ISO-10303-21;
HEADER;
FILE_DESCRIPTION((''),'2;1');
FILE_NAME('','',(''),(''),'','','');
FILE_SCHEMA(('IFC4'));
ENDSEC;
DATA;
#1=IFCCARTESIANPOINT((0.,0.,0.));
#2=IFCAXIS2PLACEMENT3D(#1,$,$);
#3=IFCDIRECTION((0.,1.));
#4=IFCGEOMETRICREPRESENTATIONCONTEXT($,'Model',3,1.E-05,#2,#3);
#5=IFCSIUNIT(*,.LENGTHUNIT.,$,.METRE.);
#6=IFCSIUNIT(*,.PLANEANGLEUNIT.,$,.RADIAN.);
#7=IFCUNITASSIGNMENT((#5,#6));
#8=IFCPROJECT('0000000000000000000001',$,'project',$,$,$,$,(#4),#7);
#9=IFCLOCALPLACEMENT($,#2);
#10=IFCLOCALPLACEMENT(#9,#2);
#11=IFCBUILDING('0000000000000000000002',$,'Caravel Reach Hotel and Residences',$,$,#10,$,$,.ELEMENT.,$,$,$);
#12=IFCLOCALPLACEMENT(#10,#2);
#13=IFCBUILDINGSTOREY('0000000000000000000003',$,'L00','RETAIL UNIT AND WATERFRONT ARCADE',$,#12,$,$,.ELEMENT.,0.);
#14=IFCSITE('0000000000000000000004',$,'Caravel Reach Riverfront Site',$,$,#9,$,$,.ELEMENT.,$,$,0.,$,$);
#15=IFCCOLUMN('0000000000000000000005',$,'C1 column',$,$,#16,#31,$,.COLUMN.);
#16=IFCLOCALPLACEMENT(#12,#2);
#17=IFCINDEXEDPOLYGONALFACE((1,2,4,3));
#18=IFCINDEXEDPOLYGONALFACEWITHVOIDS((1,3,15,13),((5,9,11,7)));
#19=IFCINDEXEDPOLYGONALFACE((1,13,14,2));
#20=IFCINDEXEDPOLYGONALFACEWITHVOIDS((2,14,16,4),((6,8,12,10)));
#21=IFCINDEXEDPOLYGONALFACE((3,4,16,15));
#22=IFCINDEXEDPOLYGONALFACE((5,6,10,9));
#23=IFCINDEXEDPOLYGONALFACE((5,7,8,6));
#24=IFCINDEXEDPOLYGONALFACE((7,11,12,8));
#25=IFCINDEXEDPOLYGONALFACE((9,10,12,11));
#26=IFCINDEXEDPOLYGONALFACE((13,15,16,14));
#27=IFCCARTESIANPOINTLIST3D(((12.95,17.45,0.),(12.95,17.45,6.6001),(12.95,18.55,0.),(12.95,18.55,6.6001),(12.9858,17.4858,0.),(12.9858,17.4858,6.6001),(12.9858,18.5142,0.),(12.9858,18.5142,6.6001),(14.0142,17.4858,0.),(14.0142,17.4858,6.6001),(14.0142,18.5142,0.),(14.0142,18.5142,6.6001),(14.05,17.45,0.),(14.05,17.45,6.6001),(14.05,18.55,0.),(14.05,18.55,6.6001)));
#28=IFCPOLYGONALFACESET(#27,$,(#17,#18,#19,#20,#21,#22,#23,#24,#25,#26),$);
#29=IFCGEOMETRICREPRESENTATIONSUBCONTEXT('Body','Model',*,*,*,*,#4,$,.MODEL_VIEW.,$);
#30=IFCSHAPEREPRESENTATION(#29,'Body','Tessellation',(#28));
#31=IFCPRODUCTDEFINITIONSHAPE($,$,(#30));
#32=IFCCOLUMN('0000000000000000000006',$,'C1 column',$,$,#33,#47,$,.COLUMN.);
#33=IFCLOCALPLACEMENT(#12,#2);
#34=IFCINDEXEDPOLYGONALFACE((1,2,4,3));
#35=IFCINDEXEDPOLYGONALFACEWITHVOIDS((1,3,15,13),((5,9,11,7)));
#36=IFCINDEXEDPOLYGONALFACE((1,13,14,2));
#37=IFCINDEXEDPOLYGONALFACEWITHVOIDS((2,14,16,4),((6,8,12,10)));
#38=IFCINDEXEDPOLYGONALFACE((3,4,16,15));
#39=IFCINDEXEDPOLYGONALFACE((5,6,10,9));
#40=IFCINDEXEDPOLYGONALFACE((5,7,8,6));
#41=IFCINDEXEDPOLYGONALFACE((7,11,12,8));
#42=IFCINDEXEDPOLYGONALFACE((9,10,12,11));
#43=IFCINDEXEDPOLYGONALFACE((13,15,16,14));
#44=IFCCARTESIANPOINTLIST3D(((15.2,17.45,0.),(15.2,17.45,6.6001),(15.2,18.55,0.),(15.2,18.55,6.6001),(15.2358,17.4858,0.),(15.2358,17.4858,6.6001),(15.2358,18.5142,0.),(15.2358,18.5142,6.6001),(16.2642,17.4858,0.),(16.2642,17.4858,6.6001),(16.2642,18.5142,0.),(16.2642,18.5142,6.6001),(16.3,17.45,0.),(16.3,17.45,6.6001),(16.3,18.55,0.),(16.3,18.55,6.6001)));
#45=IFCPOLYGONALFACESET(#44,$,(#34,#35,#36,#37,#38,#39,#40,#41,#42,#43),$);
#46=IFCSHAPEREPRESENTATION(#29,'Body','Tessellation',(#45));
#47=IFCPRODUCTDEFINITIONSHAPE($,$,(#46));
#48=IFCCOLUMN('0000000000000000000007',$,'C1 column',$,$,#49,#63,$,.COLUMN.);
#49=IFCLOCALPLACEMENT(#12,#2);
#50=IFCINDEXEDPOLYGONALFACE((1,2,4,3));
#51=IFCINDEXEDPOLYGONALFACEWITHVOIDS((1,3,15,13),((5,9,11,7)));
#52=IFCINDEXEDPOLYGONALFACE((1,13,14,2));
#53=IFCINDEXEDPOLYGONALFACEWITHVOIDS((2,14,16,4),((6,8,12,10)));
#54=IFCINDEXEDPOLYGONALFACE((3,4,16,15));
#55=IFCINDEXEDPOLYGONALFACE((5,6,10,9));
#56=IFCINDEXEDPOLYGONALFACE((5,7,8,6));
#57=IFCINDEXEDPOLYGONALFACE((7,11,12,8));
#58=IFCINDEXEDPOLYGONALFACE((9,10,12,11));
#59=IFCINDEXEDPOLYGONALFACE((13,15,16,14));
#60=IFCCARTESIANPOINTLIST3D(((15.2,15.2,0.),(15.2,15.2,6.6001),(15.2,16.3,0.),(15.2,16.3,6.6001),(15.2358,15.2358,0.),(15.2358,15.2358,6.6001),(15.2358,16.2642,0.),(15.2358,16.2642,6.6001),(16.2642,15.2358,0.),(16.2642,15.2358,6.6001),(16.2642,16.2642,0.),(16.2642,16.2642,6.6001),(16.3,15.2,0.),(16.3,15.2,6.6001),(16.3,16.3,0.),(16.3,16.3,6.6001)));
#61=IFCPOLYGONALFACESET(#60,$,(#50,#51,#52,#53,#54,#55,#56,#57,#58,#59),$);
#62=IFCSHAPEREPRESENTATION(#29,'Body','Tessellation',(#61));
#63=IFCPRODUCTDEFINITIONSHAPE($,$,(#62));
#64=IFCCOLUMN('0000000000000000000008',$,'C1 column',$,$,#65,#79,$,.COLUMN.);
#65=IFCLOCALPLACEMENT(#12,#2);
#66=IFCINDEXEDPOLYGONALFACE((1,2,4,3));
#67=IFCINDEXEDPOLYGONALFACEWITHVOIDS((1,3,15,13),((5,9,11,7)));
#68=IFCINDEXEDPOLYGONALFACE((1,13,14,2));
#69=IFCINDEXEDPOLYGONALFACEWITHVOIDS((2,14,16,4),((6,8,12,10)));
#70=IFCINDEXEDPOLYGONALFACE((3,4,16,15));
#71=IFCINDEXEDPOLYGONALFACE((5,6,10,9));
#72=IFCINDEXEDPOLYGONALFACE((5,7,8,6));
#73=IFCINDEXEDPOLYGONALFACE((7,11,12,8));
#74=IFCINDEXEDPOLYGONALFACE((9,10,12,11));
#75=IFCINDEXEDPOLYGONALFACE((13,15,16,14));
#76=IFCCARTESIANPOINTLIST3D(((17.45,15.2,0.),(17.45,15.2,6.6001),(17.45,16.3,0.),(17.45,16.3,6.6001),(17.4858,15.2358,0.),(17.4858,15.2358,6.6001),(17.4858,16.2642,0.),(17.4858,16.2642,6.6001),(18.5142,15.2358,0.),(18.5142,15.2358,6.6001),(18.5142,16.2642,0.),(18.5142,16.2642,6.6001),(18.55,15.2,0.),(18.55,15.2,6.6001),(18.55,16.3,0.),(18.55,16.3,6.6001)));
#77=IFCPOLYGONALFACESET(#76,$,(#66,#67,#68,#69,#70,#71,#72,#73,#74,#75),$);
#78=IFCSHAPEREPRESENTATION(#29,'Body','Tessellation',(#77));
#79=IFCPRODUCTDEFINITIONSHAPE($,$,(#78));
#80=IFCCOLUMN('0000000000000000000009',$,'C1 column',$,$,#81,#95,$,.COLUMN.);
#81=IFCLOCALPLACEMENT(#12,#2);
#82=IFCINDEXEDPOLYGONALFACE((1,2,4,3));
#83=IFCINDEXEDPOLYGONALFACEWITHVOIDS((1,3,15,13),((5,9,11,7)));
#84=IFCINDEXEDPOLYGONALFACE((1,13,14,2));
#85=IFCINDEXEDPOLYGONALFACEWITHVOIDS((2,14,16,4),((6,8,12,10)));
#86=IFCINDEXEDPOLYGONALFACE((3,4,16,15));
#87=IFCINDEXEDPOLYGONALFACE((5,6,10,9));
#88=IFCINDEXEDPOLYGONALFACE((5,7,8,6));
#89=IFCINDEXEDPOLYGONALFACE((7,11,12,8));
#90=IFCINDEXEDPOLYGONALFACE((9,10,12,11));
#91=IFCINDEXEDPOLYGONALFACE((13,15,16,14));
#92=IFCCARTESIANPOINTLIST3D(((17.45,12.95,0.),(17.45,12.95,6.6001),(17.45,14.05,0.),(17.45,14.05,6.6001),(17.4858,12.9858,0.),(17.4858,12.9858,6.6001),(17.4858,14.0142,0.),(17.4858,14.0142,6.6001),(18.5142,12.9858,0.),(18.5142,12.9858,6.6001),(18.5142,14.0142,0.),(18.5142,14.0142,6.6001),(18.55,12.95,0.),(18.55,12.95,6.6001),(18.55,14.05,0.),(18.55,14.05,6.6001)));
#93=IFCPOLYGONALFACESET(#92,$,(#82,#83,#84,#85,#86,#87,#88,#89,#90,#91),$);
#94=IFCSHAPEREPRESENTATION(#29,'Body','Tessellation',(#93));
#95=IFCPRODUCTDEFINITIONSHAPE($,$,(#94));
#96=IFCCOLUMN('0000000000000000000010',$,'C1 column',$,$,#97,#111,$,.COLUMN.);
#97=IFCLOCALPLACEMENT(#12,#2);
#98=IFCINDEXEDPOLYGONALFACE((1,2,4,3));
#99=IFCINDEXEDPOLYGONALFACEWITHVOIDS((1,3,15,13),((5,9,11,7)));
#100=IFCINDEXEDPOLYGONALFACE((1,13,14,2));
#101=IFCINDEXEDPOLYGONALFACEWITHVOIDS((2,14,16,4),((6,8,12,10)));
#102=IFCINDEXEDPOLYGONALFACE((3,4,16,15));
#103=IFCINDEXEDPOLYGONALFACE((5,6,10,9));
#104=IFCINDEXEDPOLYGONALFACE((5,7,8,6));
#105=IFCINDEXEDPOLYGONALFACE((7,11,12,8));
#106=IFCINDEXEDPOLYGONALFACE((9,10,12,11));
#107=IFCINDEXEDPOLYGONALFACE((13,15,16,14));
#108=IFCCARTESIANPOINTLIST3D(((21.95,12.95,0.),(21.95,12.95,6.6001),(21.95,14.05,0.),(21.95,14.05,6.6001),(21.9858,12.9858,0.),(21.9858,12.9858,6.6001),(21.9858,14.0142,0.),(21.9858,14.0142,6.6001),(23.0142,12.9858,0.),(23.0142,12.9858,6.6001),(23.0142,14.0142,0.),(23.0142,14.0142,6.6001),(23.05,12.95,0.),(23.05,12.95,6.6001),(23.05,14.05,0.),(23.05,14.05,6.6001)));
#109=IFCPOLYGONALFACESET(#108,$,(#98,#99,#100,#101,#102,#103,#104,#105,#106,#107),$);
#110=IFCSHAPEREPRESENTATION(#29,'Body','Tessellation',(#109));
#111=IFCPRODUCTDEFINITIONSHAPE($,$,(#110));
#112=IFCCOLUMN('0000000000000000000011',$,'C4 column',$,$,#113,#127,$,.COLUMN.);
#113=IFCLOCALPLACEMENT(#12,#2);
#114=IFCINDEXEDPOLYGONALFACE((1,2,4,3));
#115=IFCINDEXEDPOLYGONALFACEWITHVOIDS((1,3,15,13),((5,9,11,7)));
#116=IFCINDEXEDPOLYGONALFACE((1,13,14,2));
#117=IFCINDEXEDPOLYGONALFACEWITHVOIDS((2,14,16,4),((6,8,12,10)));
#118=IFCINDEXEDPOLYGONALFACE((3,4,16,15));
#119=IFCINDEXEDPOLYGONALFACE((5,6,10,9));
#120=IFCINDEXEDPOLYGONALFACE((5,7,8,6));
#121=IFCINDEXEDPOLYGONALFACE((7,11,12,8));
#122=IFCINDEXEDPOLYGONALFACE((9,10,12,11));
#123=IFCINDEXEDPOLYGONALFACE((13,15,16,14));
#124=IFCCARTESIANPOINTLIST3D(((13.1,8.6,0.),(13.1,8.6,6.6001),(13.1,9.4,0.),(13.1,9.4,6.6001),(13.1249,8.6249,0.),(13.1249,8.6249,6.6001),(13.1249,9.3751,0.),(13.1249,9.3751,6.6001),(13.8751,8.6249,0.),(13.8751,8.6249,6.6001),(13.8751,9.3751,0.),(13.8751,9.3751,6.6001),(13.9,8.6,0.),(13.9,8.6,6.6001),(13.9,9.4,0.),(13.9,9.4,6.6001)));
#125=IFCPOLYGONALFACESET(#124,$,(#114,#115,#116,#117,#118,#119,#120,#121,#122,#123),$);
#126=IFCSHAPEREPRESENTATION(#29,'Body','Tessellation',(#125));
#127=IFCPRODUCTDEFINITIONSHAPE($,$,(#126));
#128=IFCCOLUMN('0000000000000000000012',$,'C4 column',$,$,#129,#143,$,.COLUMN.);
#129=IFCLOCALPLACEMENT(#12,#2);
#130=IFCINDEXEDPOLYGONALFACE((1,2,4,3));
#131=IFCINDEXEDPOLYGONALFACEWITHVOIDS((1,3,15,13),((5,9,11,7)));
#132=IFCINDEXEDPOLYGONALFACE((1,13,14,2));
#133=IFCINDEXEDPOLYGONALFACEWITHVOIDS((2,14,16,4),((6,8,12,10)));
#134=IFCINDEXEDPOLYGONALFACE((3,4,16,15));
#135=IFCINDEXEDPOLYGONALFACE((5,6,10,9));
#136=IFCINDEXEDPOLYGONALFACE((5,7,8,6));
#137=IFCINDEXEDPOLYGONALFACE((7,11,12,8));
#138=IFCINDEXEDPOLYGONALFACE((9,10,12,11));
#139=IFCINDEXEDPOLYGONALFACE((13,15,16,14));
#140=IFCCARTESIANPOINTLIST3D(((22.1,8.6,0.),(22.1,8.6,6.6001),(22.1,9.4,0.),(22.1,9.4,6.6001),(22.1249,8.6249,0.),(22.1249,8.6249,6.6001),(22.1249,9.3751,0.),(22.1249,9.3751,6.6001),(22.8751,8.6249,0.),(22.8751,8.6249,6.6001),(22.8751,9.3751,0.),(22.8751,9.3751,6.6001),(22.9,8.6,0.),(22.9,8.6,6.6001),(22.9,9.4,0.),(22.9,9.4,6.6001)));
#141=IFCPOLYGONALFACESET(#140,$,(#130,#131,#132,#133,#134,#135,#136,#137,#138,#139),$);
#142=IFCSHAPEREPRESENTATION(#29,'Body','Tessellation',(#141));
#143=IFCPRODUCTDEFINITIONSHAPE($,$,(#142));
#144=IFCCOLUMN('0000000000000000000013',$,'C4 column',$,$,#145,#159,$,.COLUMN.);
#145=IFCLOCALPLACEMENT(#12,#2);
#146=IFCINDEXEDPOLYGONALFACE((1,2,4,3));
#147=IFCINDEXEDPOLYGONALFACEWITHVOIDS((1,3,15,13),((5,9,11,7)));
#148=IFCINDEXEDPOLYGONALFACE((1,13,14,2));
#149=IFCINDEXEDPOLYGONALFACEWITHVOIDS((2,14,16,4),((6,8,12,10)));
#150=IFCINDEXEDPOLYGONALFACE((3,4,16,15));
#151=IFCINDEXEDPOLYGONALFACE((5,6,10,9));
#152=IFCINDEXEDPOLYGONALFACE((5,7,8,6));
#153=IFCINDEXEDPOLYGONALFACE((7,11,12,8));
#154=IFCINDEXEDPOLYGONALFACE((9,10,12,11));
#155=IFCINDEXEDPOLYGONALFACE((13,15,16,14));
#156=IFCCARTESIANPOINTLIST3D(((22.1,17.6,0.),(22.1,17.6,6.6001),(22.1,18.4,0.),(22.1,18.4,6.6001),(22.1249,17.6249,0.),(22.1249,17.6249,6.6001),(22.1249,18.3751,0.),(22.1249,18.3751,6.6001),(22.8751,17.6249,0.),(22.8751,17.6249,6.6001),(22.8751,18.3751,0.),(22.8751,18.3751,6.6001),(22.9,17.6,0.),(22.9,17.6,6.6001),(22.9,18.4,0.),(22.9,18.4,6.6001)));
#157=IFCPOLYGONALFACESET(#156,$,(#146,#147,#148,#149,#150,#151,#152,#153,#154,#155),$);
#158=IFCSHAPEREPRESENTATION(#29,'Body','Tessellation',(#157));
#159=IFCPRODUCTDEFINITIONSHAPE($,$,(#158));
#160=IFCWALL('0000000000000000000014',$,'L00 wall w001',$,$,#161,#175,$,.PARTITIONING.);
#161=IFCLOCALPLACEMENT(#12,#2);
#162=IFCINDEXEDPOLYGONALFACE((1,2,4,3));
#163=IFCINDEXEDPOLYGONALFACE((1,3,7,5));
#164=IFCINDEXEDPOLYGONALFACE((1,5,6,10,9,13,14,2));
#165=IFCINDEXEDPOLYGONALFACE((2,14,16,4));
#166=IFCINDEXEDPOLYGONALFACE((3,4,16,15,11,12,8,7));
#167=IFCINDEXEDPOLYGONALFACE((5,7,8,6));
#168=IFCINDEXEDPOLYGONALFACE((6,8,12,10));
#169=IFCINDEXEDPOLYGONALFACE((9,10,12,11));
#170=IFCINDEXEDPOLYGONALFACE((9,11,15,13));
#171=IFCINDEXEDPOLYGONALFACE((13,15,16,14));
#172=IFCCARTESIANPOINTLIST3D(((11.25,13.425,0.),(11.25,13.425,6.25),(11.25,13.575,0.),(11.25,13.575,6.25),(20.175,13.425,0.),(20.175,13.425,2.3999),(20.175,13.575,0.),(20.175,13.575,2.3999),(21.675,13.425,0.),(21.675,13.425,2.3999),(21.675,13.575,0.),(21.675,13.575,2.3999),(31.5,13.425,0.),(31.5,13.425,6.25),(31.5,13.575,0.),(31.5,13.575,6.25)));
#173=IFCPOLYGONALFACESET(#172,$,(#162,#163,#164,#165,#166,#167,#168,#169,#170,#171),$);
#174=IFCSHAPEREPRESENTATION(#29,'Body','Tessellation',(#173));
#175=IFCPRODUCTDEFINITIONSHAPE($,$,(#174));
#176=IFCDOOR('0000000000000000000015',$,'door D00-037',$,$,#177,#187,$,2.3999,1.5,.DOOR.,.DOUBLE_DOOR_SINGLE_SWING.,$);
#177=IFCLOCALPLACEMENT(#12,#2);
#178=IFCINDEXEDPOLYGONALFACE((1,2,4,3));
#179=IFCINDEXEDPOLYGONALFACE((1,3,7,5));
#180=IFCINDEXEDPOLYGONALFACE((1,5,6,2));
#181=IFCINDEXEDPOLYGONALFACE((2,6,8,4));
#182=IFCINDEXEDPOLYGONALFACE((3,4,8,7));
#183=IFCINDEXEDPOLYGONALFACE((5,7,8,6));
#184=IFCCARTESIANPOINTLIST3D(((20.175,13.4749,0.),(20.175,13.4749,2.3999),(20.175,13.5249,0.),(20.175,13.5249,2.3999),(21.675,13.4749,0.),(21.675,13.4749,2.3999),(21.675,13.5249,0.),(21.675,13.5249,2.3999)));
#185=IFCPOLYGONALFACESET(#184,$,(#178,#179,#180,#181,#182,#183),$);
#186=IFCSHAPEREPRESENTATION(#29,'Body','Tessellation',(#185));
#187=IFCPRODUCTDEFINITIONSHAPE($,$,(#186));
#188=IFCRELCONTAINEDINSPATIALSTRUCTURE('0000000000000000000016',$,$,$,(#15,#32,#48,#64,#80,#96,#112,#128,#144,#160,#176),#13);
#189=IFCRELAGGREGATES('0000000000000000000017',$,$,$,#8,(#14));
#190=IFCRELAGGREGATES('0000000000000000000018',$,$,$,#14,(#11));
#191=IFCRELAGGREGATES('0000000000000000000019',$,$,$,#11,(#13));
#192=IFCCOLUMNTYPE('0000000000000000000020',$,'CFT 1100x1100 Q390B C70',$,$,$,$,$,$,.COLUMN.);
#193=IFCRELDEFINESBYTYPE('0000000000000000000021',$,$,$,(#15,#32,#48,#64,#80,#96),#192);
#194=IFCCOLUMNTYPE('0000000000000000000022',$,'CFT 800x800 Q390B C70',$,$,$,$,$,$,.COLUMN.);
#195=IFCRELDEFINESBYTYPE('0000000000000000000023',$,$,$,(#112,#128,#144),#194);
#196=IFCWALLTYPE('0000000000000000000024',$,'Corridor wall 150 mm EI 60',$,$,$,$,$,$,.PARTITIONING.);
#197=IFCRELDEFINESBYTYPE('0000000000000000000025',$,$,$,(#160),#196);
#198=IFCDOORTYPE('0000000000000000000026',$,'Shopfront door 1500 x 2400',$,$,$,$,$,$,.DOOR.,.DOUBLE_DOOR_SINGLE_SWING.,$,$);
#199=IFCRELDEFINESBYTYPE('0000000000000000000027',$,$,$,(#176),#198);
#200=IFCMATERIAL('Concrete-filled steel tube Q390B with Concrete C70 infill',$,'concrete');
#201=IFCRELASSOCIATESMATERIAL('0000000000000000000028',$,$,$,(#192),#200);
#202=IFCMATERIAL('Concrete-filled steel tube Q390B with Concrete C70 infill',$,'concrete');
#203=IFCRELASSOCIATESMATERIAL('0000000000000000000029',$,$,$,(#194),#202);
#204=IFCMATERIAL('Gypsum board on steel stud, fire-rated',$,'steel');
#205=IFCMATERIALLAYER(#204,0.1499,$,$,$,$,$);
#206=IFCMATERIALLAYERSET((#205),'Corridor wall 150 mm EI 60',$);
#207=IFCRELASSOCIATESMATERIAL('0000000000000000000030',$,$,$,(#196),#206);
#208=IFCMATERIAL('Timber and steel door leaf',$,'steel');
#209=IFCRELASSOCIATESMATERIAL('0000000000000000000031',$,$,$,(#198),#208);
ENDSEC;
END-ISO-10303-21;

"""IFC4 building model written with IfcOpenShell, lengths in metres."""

from ifc_helpers import new_model, si_unit, direction, frame, frame_2d, origin, origin_2d, place, context, subcontext, project, spatial, rectangle, hollow_rectangle, extrude, material, layer, layer_set, material_profile, profile_set, type_object, element, fill, save


model = new_model("IFC4")

# Units and contexts
model_context = context("Model", 3, precision=1e-05, world=origin(), true_north=direction((0.0, 1.0)))
body_context = subcontext(model_context, "Body", "Model", "MODEL_VIEW")
ifc_project = project(units=[si_unit("LENGTHUNIT", "METRE"), si_unit("PLANEANGLEUNIT", "RADIAN")], contexts=[model_context])

# Site, building, storey
site_placement = place(None, origin())
site = spatial("IfcSite", under=ifc_project, at=site_placement, Name="Caravel Reach Riverfront Site", CompositionType="ELEMENT", RefElevation=0.0)
building_placement = place(site_placement, origin())
building = spatial("IfcBuilding", under=site, at=building_placement, Name="Caravel Reach Hotel and Residences", CompositionType="ELEMENT")
storey_placement = place(building_placement, origin())
storey = spatial("IfcBuildingStorey", under=building, at=storey_placement, Name="L00", Description="RETAIL UNIT AND WATERFRONT ARCADE", CompositionType="ELEMENT", Elevation=0.0)

# Columns
ifc_material_1 = material(Name="Concrete-filled steel tube Q390B with Concrete C70 infill", Category="concrete")
ifc_material_profile_1 = material_profile(ifc_material_1, hollow_rectangle(XDim=1.1001, YDim=1.1001, WallThickness=0.0359, at=origin_2d()), Name="RHS 1100x1100x36")
ifc_profile_set_1 = profile_set([ifc_material_profile_1], Name="Concrete-filled steel tube Q390B with Concrete C70 infill")
column_type_1 = type_object("IfcColumnType", Name="CFT 1100x1100 Q390B C70", PredefinedType="COLUMN", material=ifc_profile_set_1)
for number, where, z_axis, x_axis, name in (
    (1, (13.5, 18.0, 0.0), (0.0, 0.0, 1.0), (1.0, 0.0, 0.0), "C1 column"),
    (2, (15.75, 18.0, 0.0), (0.0, 0.0, 1.0), (1.0, 0.0, 0.0), "C1 column"),
    (3, (15.75, 15.75, 0.0), (0.0, 0.0, 1.0), (1.0, 0.0, 0.0), "C1 column"),
    (4, (18.0, 15.75, 0.0), (0.0, 0.0, 1.0), (1.0, 0.0, 0.0), "C1 column"),
    (5, (18.0, 13.5, 0.0), (0.0, 0.0, 1.0), (1.0, 0.0, 0.0), "C1 column"),
    (6, (22.5, 13.5, 0.0), (0.0, 0.0, 1.0), (1.0, 0.0, 0.0), "C1 column"),
):
    element("IfcColumn", number, at=place(storey_placement, frame(where, z_axis=z_axis, x_axis=x_axis)), inside=storey, type_object=column_type_1, Name=name, PredefinedType="COLUMN", context=body_context, shape_type="SweptSolid", body=[
        extrude(hollow_rectangle(XDim=1.1001, YDim=1.1001, WallThickness=0.0359, at=origin_2d()), origin(), (0.0, 0.0, 1.0), 6.6001),
    ])
ifc_material_2 = material(Name="Concrete-filled steel tube Q390B with Concrete C70 infill", Category="concrete")
ifc_material_profile_2 = material_profile(ifc_material_2, hollow_rectangle(XDim=0.8, YDim=0.8, WallThickness=0.0249, at=origin_2d()), Name="RHS 800x800x25")
ifc_profile_set_2 = profile_set([ifc_material_profile_2], Name="Concrete-filled steel tube Q390B with Concrete C70 infill")
column_type_2 = type_object("IfcColumnType", Name="CFT 800x800 Q390B C70", PredefinedType="COLUMN", material=ifc_profile_set_2)
for number, where, z_axis, x_axis, name in (
    (7, (13.5, 9.0, 0.0), (0.0, 0.0, 1.0), (1.0, 0.0, 0.0), "C4 column"),
    (8, (22.5, 9.0, 0.0), (0.0, 0.0, 1.0), (1.0, 0.0, 0.0), "C4 column"),
    (9, (22.5, 18.0, 0.0), (0.0, 0.0, 1.0), (1.0, 0.0, 0.0), "C4 column"),
):
    element("IfcColumn", number, at=place(storey_placement, frame(where, z_axis=z_axis, x_axis=x_axis)), inside=storey, type_object=column_type_2, Name=name, PredefinedType="COLUMN", context=body_context, shape_type="SweptSolid", body=[
        extrude(hollow_rectangle(XDim=0.8, YDim=0.8, WallThickness=0.0249, at=origin_2d()), origin(), (0.0, 0.0, 1.0), 6.6001),
    ])

# Wall, opening, door
ifc_material_3 = material(Name="Gypsum board on steel stud, fire-rated", Category="steel")
ifc_layer_1 = layer(ifc_material_3, 0.1499)
ifc_layer_set_1 = layer_set([ifc_layer_1], Name="Corridor wall 150 mm EI 60")
wall_type_1 = type_object("IfcWallType", Name="Corridor wall 150 mm EI 60", PredefinedType="PARTITIONING", material=ifc_layer_set_1)
wall_1_placement = place(storey_placement, frame((11.25, 13.5, 0.0), z_axis=(0.0, 0.0, 1.0), x_axis=(1.0, 0.0, 0.0)))
wall_1 = element("IfcWall", 10, at=wall_1_placement, inside=storey, type_object=wall_type_1, Name="L00 wall w001", PredefinedType="PARTITIONING", context=body_context, shape_type="SweptSolid", body=[
    extrude(rectangle(XDim=20.25, YDim=0.1499, at=frame_2d((10.125, 0.0))), origin(), (0.0, 0.0, 1.0), 6.25),
])
opening_1_placement = place(wall_1_placement, frame((8.925, 0.0, 0.0)))
opening_1 = element("IfcOpeningElement", 11, at=opening_1_placement, cuts=wall_1, PredefinedType="OPENING", context=body_context, shape_type="SweptSolid", body=[
    extrude(rectangle(XDim=1.5, YDim=2.3999, at=frame_2d((0.75, 1.2))), frame((0.0, 0.085, 0.0), z_axis=(0.0, -1.0, 0.0), x_axis=(1.0, 0.0, 0.0)), (0.0, 0.0, 1.0), 0.1699),
])
ifc_material_4 = material(Name="Timber and steel door leaf", Category="steel")
door_type_1 = type_object("IfcDoorType", Name="Shopfront door 1500 x 2400", OperationType="DOUBLE_DOOR_SINGLE_SWING", PredefinedType="DOOR", material=ifc_material_4)
door_1_placement = place(opening_1_placement, origin())
door_1 = element("IfcDoor", 12, at=door_1_placement, inside=storey, type_object=door_type_1, Name="door D00-037", OperationType="DOUBLE_DOOR_SINGLE_SWING", OverallHeight=2.3999, OverallWidth=1.5, PredefinedType="DOOR", context=body_context, shape_type="SweptSolid", body=[
    extrude(rectangle(XDim=1.5, YDim=2.3999, at=frame_2d((0.75, 1.2))), frame((0.0, 0.0249, 0.0), z_axis=(0.0, -1.0, 0.0), x_axis=(1.0, 0.0, 0.0)), (0.0, 0.0, 1.0), 0.05),
])
fill(opening_1, door_1)

save(model, "model.ifc")
